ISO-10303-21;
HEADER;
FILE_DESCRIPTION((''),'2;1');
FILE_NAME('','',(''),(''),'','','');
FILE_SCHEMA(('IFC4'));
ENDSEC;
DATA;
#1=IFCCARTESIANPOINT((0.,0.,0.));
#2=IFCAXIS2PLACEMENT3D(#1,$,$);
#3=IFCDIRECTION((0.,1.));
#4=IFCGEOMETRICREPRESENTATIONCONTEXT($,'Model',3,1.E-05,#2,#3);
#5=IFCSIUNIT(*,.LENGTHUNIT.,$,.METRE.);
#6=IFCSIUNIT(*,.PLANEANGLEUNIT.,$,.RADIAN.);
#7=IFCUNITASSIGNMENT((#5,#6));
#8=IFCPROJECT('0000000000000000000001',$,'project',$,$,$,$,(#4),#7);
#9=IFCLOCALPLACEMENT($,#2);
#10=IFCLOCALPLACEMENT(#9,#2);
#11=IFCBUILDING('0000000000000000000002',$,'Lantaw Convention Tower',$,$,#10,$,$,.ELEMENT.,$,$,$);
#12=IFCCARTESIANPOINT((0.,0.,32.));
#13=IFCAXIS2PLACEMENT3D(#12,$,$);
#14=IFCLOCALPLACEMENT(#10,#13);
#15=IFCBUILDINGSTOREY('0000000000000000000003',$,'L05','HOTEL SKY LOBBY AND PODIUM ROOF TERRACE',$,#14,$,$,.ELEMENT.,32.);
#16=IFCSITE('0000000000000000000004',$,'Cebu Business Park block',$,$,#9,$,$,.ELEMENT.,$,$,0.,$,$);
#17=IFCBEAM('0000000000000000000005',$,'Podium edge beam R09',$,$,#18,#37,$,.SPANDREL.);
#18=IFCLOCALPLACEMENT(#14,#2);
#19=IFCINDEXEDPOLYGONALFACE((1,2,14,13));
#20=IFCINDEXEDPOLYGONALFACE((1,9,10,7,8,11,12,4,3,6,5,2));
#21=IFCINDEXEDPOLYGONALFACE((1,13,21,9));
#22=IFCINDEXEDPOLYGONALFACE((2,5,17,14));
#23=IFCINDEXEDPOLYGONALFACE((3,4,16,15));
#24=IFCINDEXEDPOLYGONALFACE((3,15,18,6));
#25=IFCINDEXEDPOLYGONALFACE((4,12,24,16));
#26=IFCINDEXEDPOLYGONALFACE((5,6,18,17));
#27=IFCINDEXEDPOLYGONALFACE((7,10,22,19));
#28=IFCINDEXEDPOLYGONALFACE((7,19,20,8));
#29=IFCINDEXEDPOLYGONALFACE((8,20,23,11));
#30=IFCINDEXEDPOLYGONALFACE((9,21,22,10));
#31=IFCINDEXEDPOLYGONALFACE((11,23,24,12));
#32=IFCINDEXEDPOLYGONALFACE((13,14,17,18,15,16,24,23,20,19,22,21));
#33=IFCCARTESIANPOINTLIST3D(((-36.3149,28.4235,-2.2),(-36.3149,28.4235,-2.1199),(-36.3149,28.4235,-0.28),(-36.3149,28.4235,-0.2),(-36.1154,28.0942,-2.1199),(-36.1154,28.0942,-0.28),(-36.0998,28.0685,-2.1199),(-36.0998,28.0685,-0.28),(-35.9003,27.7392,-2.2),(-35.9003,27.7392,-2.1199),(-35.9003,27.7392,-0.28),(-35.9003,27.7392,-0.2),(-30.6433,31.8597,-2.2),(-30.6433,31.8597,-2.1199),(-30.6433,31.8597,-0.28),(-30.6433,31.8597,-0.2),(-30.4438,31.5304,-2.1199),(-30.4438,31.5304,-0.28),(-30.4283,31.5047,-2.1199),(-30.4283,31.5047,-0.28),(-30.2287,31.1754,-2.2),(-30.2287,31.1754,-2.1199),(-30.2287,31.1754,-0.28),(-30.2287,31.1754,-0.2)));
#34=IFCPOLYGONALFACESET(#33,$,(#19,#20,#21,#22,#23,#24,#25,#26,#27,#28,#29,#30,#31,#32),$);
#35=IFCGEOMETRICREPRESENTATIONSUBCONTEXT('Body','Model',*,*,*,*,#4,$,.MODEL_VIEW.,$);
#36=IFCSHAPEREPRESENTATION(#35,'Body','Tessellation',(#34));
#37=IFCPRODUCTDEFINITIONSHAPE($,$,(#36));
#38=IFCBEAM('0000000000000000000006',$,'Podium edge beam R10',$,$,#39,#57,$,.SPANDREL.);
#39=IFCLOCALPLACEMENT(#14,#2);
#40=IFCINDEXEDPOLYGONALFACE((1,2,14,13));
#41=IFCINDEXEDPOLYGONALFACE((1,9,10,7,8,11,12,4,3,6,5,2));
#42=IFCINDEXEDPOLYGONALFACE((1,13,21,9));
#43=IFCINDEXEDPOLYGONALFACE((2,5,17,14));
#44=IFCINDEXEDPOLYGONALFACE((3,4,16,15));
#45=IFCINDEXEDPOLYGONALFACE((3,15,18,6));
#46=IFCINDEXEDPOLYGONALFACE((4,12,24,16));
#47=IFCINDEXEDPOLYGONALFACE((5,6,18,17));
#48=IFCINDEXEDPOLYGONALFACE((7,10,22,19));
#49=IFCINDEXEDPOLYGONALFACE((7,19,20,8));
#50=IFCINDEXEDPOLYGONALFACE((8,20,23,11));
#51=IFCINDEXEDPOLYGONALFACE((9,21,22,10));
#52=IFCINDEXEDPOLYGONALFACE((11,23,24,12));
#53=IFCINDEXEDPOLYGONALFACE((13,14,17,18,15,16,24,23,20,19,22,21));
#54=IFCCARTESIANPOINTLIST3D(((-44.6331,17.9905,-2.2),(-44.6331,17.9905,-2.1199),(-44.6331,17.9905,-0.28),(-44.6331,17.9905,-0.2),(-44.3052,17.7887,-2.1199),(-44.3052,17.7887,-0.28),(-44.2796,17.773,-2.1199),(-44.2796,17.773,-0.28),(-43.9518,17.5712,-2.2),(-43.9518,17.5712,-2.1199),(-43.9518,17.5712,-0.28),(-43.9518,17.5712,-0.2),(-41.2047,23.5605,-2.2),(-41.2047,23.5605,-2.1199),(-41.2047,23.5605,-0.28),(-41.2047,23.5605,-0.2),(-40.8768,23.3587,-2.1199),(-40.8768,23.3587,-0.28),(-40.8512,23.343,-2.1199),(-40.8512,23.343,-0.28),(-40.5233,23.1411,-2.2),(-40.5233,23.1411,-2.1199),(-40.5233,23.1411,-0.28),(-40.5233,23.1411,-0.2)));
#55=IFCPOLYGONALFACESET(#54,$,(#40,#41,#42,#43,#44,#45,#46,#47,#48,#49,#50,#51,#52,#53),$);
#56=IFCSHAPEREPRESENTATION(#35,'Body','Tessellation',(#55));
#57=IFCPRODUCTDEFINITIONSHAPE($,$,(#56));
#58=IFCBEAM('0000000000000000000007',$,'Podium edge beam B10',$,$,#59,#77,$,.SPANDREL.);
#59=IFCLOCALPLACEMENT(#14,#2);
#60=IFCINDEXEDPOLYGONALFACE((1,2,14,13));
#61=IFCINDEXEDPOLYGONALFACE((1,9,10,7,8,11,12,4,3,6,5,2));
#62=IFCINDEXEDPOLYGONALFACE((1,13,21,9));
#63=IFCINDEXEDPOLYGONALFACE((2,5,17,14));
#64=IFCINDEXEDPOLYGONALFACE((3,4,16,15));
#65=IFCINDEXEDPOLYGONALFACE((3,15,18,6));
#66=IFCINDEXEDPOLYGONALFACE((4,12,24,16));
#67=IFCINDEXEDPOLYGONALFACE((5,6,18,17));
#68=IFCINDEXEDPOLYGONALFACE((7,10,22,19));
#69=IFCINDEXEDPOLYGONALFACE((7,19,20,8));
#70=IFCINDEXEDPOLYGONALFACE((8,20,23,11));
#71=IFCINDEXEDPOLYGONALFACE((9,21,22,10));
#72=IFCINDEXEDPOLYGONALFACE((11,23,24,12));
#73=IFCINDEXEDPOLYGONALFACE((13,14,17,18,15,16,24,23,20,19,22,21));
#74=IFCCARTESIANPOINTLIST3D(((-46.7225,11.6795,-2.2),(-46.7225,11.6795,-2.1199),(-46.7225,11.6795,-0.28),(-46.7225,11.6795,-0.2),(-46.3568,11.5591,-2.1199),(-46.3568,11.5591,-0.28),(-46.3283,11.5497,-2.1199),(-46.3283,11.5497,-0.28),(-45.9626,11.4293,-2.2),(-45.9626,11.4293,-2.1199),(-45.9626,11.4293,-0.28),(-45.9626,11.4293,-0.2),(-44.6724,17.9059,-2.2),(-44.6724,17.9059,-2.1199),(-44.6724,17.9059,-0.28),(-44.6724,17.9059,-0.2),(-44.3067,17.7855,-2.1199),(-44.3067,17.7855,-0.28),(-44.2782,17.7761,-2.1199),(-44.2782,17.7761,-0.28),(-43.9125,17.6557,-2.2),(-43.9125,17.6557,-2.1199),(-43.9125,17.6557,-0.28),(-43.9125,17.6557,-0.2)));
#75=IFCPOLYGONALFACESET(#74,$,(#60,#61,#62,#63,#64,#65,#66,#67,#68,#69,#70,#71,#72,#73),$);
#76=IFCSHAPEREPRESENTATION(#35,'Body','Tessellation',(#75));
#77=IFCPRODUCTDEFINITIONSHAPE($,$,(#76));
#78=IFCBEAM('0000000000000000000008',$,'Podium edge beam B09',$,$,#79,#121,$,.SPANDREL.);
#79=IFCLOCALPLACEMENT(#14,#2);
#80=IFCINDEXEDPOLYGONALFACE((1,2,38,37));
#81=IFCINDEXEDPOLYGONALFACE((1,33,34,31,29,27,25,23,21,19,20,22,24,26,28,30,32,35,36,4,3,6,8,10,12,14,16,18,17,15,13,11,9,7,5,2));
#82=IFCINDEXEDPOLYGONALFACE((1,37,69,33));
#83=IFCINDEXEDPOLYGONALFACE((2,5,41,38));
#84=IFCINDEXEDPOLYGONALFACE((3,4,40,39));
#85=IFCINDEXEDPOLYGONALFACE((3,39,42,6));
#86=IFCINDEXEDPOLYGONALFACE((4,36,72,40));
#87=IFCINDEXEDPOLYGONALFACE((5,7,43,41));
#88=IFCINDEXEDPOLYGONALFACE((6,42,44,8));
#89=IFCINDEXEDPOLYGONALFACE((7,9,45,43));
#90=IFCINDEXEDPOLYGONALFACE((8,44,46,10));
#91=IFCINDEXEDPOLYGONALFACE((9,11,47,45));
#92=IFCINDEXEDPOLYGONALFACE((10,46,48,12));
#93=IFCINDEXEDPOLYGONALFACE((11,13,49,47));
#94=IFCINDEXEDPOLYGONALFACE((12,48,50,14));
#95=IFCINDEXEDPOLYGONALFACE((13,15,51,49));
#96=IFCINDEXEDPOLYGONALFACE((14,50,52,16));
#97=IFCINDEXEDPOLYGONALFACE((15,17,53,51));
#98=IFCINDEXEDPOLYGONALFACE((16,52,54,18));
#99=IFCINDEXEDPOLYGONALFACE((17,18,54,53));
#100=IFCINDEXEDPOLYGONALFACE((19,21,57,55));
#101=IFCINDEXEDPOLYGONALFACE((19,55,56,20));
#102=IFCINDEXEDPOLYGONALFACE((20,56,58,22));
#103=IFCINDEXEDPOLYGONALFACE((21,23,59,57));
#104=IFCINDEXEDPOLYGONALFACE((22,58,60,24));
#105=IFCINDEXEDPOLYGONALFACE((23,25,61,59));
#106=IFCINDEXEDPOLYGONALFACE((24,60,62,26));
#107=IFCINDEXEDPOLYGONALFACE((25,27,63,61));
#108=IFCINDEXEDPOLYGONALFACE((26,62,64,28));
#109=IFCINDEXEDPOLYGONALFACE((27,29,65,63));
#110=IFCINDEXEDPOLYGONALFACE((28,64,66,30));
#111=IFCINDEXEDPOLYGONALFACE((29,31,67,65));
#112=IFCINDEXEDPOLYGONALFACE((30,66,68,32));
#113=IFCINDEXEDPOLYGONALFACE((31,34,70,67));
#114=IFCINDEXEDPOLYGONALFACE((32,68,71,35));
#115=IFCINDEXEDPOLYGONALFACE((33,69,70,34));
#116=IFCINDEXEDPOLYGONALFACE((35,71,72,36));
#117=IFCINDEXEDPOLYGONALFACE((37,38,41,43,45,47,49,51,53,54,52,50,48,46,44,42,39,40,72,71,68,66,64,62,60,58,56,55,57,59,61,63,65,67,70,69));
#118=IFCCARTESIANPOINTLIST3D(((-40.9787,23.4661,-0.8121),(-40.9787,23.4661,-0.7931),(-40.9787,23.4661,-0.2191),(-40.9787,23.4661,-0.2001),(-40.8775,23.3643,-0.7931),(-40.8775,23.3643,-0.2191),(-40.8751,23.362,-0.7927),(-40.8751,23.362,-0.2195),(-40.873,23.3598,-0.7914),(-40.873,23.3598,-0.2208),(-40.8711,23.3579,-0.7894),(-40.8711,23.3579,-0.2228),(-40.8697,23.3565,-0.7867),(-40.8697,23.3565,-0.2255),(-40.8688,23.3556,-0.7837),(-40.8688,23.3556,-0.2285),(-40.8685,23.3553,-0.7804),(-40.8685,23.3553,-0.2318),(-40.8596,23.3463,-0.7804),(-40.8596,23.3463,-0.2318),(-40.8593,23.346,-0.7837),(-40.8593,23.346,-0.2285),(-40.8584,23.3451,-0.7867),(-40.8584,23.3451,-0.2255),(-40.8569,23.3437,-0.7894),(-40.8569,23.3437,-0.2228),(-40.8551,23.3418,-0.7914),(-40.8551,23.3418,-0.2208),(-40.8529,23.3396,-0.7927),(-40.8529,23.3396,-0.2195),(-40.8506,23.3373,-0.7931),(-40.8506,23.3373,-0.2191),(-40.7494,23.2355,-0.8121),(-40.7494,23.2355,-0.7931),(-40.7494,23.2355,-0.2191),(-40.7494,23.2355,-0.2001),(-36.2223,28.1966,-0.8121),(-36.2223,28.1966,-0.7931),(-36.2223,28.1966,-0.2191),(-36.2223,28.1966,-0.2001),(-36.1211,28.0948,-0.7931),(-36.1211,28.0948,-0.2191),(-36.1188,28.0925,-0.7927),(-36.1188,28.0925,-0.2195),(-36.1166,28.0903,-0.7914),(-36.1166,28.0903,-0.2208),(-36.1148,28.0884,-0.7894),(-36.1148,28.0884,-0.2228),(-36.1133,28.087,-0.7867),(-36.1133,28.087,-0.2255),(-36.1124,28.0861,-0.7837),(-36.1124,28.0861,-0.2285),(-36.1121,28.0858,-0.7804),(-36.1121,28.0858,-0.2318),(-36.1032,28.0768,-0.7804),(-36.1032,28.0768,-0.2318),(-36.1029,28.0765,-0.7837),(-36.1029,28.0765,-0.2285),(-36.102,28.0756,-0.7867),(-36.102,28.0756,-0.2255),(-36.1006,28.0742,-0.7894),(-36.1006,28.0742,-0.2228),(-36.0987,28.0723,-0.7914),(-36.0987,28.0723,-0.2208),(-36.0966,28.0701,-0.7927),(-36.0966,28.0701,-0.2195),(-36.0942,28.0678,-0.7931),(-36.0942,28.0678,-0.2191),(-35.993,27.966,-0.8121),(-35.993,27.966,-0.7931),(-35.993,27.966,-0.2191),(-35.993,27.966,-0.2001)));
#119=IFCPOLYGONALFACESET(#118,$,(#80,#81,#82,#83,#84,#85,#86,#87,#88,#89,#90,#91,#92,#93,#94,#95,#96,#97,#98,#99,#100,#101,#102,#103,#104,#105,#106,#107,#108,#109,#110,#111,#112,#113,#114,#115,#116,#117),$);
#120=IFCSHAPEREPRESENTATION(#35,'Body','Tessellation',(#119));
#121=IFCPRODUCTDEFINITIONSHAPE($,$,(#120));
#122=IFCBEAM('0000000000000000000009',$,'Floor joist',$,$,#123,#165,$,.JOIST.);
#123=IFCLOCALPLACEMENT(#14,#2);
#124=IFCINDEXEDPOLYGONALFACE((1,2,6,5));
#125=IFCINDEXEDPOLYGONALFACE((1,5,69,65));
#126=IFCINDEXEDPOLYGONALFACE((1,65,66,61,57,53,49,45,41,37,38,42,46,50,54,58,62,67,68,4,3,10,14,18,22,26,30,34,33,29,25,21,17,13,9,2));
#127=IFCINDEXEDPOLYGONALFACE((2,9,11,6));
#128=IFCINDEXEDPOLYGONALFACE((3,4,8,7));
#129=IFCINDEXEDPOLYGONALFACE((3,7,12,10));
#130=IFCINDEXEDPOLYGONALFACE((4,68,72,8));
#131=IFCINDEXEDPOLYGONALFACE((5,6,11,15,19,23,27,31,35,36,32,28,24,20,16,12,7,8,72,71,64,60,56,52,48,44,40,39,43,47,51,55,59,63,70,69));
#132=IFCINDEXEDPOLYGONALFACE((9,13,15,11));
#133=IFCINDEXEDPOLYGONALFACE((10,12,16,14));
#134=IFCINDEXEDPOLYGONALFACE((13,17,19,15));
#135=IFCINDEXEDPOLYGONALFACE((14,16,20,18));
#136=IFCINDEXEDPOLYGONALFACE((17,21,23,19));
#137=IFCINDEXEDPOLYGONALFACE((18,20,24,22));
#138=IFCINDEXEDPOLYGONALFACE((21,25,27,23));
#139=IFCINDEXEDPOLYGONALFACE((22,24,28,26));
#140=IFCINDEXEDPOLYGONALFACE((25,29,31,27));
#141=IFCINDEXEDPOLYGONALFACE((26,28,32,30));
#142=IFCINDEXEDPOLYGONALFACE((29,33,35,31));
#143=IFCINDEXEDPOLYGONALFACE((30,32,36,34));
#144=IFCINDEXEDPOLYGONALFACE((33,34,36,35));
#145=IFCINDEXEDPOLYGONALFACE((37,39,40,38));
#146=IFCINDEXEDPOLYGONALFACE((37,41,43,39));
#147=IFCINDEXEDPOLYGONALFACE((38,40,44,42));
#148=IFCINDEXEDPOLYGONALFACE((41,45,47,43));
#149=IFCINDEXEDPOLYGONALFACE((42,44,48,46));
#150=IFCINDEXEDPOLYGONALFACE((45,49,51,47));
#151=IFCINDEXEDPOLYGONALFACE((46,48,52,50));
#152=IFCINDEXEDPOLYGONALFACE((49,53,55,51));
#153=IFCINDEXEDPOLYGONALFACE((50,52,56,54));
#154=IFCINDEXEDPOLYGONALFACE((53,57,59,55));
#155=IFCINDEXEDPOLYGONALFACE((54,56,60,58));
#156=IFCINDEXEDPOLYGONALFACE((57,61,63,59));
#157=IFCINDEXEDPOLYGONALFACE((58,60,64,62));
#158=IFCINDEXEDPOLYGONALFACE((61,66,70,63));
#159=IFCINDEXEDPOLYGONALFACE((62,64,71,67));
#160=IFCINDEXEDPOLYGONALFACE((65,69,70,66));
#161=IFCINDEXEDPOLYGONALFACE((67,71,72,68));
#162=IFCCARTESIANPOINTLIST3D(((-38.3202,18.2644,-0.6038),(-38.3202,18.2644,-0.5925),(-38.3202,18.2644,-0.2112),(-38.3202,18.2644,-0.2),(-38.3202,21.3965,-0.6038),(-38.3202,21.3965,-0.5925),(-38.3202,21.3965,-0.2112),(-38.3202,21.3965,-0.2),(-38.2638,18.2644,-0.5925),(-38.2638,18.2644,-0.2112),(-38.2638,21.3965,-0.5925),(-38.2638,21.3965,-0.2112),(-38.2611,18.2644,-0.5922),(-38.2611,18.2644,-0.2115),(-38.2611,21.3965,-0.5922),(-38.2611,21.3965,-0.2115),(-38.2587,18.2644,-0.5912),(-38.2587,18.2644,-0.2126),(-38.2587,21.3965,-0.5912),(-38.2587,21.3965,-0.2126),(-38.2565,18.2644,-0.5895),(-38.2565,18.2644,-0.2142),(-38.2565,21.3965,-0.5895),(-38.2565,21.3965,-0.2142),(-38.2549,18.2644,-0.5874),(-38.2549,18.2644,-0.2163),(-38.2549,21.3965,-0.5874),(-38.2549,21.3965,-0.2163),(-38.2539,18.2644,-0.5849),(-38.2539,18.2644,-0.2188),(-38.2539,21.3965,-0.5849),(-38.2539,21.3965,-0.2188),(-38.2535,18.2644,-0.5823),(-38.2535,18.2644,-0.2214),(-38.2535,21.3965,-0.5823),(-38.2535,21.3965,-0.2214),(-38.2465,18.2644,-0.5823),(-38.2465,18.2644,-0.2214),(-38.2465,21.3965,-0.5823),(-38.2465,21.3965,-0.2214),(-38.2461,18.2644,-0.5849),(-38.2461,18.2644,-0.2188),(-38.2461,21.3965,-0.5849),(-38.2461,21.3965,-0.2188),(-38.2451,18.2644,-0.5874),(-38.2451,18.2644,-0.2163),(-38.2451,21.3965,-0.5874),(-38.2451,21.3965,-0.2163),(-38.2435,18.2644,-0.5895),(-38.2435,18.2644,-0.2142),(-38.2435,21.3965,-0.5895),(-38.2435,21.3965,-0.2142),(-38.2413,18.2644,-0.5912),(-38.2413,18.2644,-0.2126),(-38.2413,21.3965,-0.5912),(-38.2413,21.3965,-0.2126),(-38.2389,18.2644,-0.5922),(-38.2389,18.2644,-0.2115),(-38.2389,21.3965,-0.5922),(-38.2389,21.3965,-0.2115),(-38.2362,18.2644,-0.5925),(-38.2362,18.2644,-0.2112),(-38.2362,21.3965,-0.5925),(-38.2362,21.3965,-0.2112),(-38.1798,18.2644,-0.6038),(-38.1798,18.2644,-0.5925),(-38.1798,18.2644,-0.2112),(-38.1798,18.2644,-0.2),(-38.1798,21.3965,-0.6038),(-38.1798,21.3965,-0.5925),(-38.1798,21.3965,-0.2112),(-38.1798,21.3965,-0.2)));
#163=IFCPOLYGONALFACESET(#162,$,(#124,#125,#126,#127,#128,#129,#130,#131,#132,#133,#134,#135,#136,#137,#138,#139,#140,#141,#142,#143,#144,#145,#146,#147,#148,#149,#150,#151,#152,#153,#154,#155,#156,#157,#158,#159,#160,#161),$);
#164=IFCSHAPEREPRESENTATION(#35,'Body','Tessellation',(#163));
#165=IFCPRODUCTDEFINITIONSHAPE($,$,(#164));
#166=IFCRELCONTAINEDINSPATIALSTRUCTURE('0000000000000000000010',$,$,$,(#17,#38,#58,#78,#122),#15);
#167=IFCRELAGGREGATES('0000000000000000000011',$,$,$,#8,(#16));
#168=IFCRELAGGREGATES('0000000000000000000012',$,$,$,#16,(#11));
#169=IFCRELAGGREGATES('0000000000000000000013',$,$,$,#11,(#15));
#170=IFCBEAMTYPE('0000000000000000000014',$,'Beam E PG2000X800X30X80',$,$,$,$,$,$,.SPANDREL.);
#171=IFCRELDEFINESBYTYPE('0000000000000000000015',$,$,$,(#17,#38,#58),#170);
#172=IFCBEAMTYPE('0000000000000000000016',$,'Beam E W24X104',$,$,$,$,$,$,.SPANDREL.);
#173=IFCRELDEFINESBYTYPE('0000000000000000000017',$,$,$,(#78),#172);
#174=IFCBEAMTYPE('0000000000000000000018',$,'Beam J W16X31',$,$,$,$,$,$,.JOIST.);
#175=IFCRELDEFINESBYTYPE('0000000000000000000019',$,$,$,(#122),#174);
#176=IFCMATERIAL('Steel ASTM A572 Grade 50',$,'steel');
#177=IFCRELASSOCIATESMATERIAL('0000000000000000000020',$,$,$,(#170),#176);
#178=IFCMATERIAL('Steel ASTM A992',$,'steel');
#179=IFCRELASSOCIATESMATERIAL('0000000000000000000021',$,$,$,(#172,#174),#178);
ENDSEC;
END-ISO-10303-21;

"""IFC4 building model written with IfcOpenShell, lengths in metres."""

from ifc_helpers import new_model, si_unit, direction, frame, origin, origin_2d, place, context, subcontext, project, spatial, i_section, extrude, material, material_profile, profile_set, type_object, element, save


model = new_model("IFC4")

# Units and contexts
model_context = context("Model", 3, precision=1e-05, world=origin(), true_north=direction((0.0, 1.0)))
body_context = subcontext(model_context, "Body", "Model", "MODEL_VIEW")
ifc_project = project(units=[si_unit("LENGTHUNIT", "METRE"), si_unit("PLANEANGLEUNIT", "RADIAN")], contexts=[model_context])

# Site, building, storey
site_placement = place(None, origin())
site = spatial("IfcSite", under=ifc_project, at=site_placement, Name="Cebu Business Park block", CompositionType="ELEMENT", RefElevation=0.0)
building_placement = place(site_placement, origin())
building = spatial("IfcBuilding", under=site, at=building_placement, Name="Lantaw Convention Tower", CompositionType="ELEMENT")
storey_placement = place(building_placement, frame((0.0, 0.0, 32.0)))
storey = spatial("IfcBuildingStorey", under=building, at=storey_placement, Name="L05", Description="HOTEL SKY LOBBY AND PODIUM ROOF TERRACE", CompositionType="ELEMENT", Elevation=32.0)

# Beams
ifc_material_1 = material(Name="Steel ASTM A572 Grade 50", Category="steel")
ifc_material_profile_1 = material_profile(ifc_material_1, i_section(OverallWidth=0.8, OverallDepth=2.0, WebThickness=0.03, FlangeThickness=0.0801, at=origin_2d()), Name="PG2000X800X30X80")
ifc_profile_set_1 = profile_set([ifc_material_profile_1], Name="Steel ASTM A572 Grade 50")
beam_type_1 = type_object("IfcBeamType", Name="Beam E PG2000X800X30X80", PredefinedType="SPANDREL", material=ifc_profile_set_1)
beam_1_placement = place(storey_placement, frame((-30.436, 31.5176, -1.2), z_axis=(-0.85527, -0.518183, 0.0), x_axis=(0.518183, -0.85527, 0.0)))
element("IfcBeam", 1, at=beam_1_placement, inside=storey, type_object=beam_type_1, Name="Podium edge beam R09", PredefinedType="SPANDREL", context=body_context, shape_type="SweptSolid", body=[
    extrude(i_section(OverallWidth=0.8, OverallDepth=2.0, WebThickness=0.03, FlangeThickness=0.0801, at=origin_2d()), origin(), (0.0, 0.0, 1.0), 6.6313),
])
beam_2_placement = place(storey_placement, frame((-40.864, 23.3508, -1.2), z_axis=(-0.524179, -0.851608, 0.0), x_axis=(0.851608, -0.524179, 0.0)))
element("IfcBeam", 2, at=beam_2_placement, inside=storey, type_object=beam_type_1, Name="Podium edge beam R10", PredefinedType="SPANDREL", context=body_context, shape_type="SweptSolid", body=[
    extrude(i_section(OverallWidth=0.8, OverallDepth=2.0, WebThickness=0.03, FlangeThickness=0.0801, at=origin_2d()), origin(), (0.0, 0.0, 1.0), 6.5405),
])
beam_3_placement = place(storey_placement, frame((-44.2925, 17.7808, -1.2), z_axis=(-0.31274, -0.949839, 0.0), x_axis=(0.949839, -0.31274, 0.0)))
element("IfcBeam", 3, at=beam_3_placement, inside=storey, type_object=beam_type_1, Name="Podium edge beam B10", PredefinedType="SPANDREL", context=body_context, shape_type="SweptSolid", body=[
    extrude(i_section(OverallWidth=0.8, OverallDepth=2.0, WebThickness=0.03, FlangeThickness=0.0801, at=origin_2d()), origin(), (0.0, 0.0, 1.0), 6.5552),
])
ifc_material_2 = material(Name="Steel ASTM A992", Category="steel")
ifc_material_profile_2 = material_profile(ifc_material_2, i_section(OverallWidth=0.3252, OverallDepth=0.6121, WebThickness=0.0127, FlangeThickness=0.019, FilletRadius=0.0127, at=origin_2d()), Name="W24X104")
ifc_profile_set_2 = profile_set([ifc_material_profile_2], Name="Steel ASTM A992")
beam_type_2 = type_object("IfcBeamType", Name="Beam E W24X104", PredefinedType="SPANDREL", material=ifc_profile_set_2)
beam_4_placement = place(storey_placement, frame((-36.1077, 28.0813, -0.5061), z_axis=(-0.709033, -0.705175, 0.0), x_axis=(0.705175, -0.709033, 0.0)))
element("IfcBeam", 4, at=beam_4_placement, inside=storey, type_object=beam_type_2, Name="Podium edge beam B09", PredefinedType="SPANDREL", context=body_context, shape_type="SweptSolid", body=[
    extrude(i_section(OverallWidth=0.3252, OverallDepth=0.6121, WebThickness=0.0127, FlangeThickness=0.019, FilletRadius=0.0127, at=origin_2d()), origin(), (0.0, 0.0, 1.0), 6.7083),
])
ifc_material_profile_3 = material_profile(ifc_material_2, i_section(OverallWidth=0.1404, OverallDepth=0.4038, WebThickness=0.0071, FlangeThickness=0.0112, FilletRadius=0.0103, at=origin_2d()), Name="W16X31")
ifc_profile_set_3 = profile_set([ifc_material_profile_3], Name="Steel ASTM A992")
beam_type_3 = type_object("IfcBeamType", Name="Beam J W16X31", PredefinedType="JOIST", material=ifc_profile_set_3)
beam_5_placement = place(storey_placement, frame((-38.25, 18.2644, -0.4019), z_axis=(0.0, 1.0, 0.0), x_axis=(-1.0, 0.0, 0.0)))
element("IfcBeam", 5, at=beam_5_placement, inside=storey, type_object=beam_type_3, Name="Floor joist", PredefinedType="JOIST", context=body_context, shape_type="SweptSolid", body=[
    extrude(i_section(OverallWidth=0.1404, OverallDepth=0.4038, WebThickness=0.0071, FlangeThickness=0.0112, FilletRadius=0.0103, at=origin_2d()), origin(), (0.0, 0.0, 1.0), 3.1321),
])

save(model, "model.ifc")
